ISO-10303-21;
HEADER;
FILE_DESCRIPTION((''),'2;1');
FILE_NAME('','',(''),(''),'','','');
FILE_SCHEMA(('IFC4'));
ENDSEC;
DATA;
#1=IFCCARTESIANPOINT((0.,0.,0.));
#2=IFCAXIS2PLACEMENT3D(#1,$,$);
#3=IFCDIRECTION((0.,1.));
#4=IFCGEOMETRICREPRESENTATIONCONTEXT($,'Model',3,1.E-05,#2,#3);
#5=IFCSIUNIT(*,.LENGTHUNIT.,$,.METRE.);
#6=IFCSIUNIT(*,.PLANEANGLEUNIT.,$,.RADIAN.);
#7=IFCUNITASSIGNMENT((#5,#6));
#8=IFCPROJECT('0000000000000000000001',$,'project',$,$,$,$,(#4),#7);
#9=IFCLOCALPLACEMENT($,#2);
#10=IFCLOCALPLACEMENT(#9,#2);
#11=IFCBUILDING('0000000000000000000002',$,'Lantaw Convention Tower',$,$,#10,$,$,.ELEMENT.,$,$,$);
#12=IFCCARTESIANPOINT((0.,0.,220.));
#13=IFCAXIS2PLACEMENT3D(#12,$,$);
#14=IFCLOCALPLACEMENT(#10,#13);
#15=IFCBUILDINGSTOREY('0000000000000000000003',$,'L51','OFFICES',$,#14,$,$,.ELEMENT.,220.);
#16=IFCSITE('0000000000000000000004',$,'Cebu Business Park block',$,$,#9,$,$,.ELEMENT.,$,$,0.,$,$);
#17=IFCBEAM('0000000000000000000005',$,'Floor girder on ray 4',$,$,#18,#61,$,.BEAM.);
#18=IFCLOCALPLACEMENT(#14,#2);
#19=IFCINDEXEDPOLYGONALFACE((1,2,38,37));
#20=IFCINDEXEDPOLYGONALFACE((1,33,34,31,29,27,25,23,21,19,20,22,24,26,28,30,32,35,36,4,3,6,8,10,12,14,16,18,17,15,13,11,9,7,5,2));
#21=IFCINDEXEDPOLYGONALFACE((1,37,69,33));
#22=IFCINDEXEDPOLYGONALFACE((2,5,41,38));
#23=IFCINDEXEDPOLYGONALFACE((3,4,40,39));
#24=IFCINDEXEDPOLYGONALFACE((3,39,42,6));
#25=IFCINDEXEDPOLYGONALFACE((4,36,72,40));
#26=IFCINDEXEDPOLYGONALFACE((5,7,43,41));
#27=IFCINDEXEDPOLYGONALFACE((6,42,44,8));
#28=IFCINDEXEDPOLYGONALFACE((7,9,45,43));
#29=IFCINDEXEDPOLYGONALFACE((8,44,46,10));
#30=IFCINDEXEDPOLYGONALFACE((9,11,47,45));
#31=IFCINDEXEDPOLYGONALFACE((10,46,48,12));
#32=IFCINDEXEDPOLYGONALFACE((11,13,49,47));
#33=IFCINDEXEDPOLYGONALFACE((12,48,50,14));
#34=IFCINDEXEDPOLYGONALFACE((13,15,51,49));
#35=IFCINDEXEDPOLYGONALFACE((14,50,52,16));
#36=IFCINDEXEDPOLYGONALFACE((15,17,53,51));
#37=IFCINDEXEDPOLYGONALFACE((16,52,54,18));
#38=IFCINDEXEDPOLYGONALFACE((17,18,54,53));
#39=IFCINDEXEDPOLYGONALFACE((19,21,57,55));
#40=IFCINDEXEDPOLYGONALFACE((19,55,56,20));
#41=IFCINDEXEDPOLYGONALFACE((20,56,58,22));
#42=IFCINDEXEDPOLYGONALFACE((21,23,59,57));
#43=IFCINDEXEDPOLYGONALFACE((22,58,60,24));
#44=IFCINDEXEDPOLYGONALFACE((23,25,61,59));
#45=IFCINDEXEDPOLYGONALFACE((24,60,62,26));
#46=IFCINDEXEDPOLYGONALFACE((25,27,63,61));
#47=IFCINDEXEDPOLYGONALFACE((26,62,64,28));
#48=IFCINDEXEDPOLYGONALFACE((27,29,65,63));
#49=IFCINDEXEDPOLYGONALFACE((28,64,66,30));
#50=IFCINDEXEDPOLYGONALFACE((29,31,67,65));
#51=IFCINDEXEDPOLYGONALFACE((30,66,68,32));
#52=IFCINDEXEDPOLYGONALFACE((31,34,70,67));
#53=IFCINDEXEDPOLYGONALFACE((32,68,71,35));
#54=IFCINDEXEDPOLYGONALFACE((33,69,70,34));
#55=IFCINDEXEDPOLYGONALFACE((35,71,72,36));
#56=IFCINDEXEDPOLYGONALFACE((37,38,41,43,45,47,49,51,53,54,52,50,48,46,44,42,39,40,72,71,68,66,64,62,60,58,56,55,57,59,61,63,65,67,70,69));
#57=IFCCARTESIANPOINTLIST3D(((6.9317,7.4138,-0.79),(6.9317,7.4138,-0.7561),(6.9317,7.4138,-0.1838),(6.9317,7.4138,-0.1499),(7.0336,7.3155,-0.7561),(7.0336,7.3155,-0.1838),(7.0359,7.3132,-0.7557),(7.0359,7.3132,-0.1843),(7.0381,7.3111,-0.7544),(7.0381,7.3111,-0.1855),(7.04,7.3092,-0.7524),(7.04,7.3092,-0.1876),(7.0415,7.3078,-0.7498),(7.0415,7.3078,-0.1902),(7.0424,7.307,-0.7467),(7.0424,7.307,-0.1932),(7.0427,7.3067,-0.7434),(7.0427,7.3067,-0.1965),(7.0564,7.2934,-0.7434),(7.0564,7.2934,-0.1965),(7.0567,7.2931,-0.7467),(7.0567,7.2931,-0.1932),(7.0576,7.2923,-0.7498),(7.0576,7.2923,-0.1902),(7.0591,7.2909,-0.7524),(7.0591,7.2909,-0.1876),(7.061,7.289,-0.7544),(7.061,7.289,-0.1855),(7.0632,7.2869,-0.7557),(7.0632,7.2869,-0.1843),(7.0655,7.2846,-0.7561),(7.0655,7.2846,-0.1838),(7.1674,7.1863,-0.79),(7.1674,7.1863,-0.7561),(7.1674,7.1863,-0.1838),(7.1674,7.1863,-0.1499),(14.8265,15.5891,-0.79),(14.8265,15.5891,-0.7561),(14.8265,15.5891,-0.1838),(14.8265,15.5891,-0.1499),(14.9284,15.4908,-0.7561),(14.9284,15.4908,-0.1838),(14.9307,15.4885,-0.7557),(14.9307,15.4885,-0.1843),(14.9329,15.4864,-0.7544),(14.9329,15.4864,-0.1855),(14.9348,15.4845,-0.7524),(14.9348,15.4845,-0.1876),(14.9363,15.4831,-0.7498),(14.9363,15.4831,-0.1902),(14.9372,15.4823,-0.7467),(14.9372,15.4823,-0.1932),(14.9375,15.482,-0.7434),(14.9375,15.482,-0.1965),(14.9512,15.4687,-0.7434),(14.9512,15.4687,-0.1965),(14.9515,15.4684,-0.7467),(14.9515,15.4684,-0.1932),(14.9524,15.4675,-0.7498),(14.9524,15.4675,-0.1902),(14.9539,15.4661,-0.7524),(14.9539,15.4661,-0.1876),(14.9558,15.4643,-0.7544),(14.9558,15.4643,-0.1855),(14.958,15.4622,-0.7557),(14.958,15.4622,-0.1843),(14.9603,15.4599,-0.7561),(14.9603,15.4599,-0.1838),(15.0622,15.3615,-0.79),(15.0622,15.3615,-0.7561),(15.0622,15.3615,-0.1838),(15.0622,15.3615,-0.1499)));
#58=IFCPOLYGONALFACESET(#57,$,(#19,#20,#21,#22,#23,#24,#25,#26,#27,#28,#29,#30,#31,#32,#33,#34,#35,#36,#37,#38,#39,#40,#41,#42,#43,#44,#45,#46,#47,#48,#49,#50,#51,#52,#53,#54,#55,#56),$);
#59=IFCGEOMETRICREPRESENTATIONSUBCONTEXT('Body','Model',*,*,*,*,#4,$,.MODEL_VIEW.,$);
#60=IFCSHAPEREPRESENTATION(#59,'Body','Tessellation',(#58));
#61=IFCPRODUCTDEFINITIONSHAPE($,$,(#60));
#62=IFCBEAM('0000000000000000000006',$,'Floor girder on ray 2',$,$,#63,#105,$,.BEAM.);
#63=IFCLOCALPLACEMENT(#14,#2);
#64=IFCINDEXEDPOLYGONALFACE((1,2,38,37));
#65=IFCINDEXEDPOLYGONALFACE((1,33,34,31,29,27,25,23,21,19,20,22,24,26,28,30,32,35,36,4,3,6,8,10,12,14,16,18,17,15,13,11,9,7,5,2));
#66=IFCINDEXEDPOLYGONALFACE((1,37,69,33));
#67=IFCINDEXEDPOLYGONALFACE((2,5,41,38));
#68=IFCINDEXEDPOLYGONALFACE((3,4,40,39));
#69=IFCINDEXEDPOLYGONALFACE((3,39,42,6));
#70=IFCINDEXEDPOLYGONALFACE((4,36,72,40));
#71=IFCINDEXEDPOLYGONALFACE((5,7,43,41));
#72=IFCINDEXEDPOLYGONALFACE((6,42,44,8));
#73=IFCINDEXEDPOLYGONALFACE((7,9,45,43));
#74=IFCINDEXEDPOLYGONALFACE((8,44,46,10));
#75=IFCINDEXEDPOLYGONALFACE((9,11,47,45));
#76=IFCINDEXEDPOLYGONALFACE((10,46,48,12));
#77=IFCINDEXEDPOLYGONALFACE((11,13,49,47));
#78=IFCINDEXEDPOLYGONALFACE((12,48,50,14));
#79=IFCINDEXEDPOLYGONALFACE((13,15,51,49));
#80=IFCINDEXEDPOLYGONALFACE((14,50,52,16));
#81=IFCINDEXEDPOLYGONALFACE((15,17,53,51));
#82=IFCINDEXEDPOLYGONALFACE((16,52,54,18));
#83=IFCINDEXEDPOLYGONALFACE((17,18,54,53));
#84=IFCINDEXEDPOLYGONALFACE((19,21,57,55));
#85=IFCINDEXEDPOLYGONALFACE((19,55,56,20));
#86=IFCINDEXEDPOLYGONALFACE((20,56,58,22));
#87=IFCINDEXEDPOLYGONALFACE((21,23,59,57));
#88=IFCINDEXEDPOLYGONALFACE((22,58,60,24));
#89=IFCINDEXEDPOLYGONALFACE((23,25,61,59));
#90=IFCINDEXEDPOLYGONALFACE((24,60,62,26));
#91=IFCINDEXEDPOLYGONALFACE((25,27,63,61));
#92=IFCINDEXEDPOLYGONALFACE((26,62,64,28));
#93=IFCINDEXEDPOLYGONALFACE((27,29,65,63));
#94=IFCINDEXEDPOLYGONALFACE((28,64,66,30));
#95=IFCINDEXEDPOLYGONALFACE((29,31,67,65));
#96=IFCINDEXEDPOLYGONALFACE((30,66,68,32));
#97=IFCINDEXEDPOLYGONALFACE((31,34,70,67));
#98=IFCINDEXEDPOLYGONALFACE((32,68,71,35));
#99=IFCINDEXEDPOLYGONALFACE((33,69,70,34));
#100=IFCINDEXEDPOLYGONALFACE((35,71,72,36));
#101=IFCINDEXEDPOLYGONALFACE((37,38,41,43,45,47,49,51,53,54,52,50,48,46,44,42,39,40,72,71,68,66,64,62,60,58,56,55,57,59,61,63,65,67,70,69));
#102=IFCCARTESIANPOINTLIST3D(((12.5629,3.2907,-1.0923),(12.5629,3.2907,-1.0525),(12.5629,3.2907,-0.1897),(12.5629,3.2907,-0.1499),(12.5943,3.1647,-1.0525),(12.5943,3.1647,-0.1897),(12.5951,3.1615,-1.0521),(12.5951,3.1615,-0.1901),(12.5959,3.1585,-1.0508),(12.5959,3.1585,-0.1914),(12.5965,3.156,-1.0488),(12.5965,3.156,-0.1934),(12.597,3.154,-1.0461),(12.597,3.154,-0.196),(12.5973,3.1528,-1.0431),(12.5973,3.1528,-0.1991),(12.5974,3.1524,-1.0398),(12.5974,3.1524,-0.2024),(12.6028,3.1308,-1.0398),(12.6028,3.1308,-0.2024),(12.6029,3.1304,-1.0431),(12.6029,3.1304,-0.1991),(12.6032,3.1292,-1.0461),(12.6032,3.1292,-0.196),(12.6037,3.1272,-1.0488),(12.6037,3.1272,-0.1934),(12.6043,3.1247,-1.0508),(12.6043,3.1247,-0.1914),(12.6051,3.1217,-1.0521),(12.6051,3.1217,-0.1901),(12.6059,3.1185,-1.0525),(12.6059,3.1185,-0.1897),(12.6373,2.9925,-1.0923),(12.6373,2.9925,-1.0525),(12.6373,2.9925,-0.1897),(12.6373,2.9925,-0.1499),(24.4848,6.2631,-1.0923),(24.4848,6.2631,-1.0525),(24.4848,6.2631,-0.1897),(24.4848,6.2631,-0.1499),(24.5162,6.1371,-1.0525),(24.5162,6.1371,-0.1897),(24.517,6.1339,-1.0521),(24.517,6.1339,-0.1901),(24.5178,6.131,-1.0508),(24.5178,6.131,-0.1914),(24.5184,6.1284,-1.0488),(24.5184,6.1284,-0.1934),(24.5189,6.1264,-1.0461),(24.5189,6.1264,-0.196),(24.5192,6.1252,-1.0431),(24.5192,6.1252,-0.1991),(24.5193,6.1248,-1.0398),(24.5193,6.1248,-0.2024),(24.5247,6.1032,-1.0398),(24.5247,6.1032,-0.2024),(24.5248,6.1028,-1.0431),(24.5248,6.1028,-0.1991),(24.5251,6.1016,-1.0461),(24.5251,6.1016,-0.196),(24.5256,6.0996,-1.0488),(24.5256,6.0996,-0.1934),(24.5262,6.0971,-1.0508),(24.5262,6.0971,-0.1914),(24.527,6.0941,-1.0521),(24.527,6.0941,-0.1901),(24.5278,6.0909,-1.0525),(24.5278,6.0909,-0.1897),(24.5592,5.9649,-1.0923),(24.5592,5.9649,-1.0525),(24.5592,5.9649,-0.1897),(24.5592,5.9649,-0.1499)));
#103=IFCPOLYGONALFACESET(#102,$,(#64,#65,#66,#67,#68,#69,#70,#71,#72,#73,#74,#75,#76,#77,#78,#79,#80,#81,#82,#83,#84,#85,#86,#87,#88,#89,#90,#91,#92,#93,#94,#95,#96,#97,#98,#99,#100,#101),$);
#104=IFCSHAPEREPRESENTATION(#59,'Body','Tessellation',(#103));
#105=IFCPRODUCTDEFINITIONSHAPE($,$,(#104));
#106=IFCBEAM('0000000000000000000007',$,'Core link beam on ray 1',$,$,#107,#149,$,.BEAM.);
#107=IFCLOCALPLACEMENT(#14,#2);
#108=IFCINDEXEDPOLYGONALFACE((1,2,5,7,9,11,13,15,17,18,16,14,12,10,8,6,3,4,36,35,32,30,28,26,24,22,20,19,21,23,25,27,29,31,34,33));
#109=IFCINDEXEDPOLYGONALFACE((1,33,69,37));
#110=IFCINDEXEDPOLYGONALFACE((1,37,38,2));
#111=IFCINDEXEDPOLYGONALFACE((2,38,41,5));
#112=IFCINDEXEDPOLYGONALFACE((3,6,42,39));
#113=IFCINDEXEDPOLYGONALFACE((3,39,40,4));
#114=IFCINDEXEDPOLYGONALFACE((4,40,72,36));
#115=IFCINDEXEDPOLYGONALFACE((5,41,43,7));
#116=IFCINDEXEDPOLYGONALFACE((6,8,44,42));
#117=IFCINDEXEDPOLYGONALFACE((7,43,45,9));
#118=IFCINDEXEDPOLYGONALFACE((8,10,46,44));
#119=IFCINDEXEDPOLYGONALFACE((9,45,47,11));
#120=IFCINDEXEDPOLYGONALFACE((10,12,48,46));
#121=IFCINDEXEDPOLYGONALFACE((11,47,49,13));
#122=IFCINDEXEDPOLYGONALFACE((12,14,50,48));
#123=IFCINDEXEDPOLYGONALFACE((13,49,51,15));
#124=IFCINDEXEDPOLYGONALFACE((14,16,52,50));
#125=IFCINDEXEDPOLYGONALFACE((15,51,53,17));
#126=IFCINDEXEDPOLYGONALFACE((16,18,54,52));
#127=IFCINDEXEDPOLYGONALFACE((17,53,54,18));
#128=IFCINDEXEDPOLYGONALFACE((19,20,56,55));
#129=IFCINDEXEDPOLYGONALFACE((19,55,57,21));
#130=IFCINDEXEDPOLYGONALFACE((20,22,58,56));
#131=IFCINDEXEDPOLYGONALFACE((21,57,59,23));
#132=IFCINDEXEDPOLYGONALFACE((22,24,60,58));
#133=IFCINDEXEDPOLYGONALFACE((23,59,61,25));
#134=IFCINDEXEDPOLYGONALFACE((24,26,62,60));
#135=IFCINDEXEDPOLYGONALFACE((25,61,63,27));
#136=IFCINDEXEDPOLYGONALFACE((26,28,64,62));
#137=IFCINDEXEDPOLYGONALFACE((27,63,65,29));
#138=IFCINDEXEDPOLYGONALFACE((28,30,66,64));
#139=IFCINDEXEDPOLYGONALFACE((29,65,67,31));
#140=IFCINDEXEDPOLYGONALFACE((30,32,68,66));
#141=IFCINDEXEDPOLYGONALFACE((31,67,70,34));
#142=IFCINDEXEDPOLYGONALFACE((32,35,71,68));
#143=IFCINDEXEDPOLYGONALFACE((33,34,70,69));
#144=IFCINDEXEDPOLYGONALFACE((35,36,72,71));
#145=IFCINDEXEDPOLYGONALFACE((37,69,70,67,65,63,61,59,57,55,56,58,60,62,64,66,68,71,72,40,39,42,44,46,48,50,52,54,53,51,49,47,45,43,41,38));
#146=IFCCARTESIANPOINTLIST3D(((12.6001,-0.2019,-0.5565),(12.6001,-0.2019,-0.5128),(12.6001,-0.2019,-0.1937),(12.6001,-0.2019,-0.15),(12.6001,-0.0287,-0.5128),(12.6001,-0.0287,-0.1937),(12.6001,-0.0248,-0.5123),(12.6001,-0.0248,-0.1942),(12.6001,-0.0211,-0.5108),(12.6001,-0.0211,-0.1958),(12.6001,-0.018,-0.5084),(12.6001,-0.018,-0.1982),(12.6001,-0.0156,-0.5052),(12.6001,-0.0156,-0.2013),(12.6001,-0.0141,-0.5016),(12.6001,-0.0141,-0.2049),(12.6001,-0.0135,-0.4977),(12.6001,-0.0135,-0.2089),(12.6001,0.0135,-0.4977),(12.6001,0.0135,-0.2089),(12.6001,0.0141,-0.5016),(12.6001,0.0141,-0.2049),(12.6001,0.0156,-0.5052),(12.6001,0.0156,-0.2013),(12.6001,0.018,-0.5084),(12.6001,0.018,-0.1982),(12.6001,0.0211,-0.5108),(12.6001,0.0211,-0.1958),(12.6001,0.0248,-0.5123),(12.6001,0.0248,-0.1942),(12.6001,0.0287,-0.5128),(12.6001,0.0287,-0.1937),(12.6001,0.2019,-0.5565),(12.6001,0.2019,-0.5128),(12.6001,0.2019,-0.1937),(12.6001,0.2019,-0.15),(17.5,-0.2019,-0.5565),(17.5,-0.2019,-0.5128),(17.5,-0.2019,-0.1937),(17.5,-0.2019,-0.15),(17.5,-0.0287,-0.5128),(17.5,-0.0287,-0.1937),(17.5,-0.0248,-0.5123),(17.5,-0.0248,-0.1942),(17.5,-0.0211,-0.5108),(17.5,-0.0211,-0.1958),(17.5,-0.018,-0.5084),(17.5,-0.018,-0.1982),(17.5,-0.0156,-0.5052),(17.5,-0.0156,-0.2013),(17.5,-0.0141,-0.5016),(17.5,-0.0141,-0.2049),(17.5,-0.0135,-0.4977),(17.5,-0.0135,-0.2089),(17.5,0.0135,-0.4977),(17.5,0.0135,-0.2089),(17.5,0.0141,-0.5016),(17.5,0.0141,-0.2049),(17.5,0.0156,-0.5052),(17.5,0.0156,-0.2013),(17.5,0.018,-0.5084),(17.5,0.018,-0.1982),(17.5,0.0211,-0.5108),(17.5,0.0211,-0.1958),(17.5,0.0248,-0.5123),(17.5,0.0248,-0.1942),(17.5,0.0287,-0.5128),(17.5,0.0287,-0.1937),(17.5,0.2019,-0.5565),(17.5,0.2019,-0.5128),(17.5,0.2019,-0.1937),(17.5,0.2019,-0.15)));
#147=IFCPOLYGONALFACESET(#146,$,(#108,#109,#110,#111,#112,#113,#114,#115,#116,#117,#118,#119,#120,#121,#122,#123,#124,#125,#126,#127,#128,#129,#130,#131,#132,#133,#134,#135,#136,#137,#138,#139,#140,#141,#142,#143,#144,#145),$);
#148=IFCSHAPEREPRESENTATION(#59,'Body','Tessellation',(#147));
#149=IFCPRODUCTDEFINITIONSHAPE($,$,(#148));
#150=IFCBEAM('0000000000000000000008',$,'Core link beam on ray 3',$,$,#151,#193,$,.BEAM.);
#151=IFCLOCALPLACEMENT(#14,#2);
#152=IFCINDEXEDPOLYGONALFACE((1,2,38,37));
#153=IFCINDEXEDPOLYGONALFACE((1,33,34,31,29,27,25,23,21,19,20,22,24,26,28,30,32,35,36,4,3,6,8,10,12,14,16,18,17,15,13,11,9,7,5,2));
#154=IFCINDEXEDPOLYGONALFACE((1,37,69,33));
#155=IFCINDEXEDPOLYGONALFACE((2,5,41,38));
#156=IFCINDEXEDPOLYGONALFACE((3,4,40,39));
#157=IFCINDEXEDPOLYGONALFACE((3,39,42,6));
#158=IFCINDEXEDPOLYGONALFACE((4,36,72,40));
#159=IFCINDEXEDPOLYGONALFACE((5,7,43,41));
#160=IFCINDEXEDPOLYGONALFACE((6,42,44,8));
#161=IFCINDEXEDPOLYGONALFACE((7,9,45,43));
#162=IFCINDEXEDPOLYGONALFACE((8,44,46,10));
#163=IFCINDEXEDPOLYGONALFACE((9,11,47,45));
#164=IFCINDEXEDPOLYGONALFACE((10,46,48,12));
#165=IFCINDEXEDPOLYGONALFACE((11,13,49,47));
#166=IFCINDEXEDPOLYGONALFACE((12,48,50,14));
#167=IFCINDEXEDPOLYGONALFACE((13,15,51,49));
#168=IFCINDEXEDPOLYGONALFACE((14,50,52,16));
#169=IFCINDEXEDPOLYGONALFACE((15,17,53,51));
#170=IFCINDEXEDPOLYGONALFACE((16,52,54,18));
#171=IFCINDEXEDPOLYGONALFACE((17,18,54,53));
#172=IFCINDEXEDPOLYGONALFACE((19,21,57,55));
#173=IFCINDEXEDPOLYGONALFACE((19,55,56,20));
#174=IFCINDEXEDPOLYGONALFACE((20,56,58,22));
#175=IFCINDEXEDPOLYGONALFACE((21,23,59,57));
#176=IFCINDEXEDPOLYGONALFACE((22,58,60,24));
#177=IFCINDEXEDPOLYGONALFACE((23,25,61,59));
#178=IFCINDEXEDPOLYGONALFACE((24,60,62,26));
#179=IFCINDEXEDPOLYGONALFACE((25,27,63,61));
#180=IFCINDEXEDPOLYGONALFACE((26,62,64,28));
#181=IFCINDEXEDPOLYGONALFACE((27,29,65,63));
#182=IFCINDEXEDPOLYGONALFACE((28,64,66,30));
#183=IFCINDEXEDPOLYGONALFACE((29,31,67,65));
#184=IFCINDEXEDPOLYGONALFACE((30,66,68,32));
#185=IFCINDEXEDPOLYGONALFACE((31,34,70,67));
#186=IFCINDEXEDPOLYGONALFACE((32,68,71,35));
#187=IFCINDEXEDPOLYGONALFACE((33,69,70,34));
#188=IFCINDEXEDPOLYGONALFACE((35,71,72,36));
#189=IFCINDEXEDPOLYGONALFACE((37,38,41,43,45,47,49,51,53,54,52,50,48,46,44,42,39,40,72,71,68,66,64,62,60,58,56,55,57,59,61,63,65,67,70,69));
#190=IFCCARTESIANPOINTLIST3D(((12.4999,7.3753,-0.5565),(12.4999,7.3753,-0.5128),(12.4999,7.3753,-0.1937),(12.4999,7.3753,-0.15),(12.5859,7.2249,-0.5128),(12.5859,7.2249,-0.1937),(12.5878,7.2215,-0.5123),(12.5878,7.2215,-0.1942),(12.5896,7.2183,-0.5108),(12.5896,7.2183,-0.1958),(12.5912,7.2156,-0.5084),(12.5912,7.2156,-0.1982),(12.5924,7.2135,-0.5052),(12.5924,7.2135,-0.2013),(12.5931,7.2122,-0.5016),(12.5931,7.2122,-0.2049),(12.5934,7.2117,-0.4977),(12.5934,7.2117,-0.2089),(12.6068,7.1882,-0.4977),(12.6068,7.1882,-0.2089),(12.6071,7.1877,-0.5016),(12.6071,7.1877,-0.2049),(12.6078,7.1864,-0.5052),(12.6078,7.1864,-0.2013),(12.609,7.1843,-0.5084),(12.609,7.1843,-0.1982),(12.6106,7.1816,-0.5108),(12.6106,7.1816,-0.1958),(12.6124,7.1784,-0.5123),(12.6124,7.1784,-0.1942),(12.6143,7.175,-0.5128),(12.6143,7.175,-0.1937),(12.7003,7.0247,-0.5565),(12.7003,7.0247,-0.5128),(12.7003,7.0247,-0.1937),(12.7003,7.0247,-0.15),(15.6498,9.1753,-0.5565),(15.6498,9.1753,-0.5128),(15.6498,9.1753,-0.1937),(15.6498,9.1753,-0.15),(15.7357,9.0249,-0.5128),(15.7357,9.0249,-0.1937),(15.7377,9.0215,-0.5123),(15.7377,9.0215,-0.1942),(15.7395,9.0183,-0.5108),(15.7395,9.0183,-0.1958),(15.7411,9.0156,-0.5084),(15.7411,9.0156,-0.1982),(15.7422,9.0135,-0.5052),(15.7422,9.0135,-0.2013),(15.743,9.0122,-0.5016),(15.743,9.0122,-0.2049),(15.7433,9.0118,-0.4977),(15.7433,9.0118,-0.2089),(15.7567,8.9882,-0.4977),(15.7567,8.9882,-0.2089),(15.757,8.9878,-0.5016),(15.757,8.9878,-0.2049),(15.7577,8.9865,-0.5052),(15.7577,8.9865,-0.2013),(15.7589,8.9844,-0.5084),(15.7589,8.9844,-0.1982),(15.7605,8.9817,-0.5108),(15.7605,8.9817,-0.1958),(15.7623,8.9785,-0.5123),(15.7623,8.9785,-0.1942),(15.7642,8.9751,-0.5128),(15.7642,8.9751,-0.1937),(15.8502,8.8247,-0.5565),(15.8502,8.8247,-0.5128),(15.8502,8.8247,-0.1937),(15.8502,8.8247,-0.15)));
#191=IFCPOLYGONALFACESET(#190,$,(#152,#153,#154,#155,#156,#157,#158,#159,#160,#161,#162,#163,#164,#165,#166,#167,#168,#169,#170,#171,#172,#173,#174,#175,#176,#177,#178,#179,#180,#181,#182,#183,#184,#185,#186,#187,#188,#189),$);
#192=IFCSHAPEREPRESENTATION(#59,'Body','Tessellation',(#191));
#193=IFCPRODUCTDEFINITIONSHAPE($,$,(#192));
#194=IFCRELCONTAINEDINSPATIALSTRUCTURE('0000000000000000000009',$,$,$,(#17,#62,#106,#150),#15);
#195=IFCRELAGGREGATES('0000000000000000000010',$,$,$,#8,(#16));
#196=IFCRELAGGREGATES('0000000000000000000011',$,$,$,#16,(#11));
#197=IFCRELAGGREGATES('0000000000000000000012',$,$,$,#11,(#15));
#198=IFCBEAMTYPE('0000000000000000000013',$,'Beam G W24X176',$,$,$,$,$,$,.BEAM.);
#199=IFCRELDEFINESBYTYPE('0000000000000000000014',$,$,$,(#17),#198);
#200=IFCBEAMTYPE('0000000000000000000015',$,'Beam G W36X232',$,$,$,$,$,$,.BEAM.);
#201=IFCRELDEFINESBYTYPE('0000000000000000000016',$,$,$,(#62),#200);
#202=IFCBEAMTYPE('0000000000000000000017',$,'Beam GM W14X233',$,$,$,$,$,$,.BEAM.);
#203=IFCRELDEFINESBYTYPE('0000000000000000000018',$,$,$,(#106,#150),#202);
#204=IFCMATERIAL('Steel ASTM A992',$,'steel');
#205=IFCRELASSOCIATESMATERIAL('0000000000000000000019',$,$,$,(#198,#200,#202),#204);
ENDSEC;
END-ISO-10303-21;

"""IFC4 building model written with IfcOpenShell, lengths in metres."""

from ifc_helpers import new_model, si_unit, direction, frame, origin, origin_2d, place, context, subcontext, project, spatial, i_section, extrude, material, material_profile, profile_set, type_object, element, save


model = new_model("IFC4")

# Units and contexts
model_context = context("Model", 3, precision=1e-05, world=origin(), true_north=direction((0.0, 1.0)))
body_context = subcontext(model_context, "Body", "Model", "MODEL_VIEW")
ifc_project = project(units=[si_unit("LENGTHUNIT", "METRE"), si_unit("PLANEANGLEUNIT", "RADIAN")], contexts=[model_context])

# Site, building, storey
site_placement = place(None, origin())
site = spatial("IfcSite", under=ifc_project, at=site_placement, Name="Cebu Business Park block", CompositionType="ELEMENT", RefElevation=0.0)
building_placement = place(site_placement, origin())
building = spatial("IfcBuilding", under=site, at=building_placement, Name="Lantaw Convention Tower", CompositionType="ELEMENT")
storey_placement = place(building_placement, frame((0.0, 0.0, 220.0)))
storey = spatial("IfcBuildingStorey", under=building, at=storey_placement, Name="L51", Description="OFFICES", CompositionType="ELEMENT", Elevation=220.0)

# Beams
ifc_material_1 = material(Name="Steel ASTM A992", Category="steel")
ifc_material_profile_1 = material_profile(ifc_material_1, i_section(OverallWidth=0.3276, OverallDepth=0.6401, WebThickness=0.019, FlangeThickness=0.0339, FilletRadius=0.0127, at=origin_2d()), Name="W24X176")
ifc_profile_set_1 = profile_set([ifc_material_profile_1], Name="Steel ASTM A992")
beam_type_1 = type_object("IfcBeamType", Name="Beam G W24X176", PredefinedType="BEAM", material=ifc_profile_set_1)
beam_1_placement = place(storey_placement, frame((7.0496, 7.3, -0.47), z_axis=(0.694658, 0.71934, 0.0), x_axis=(-0.71934, 0.694658, 0.0)))
element("IfcBeam", 1, at=beam_1_placement, inside=storey, type_object=beam_type_1, Name="Floor girder on ray 4", PredefinedType="BEAM", context=body_context, shape_type="SweptSolid", body=[
    extrude(i_section(OverallWidth=0.3276, OverallDepth=0.6401, WebThickness=0.019, FlangeThickness=0.0339, FilletRadius=0.0127, at=origin_2d()), origin(), (0.0, 0.0, 1.0), 11.365),
])
ifc_material_profile_2 = material_profile(ifc_material_1, i_section(OverallWidth=0.3074, OverallDepth=0.9424, WebThickness=0.0222, FlangeThickness=0.0398, FilletRadius=0.0127, at=origin_2d()), Name="W36X232")
ifc_profile_set_2 = profile_set([ifc_material_profile_2], Name="Steel ASTM A992")
beam_type_2 = type_object("IfcBeamType", Name="Beam G W36X232", PredefinedType="BEAM", material=ifc_profile_set_2)
beam_2_placement = place(storey_placement, frame((12.6001, 3.1416, -0.6211), z_axis=(0.970297, 0.241918, 0.0), x_axis=(-0.241918, 0.970297, 0.0)))
element("IfcBeam", 2, at=beam_2_placement, inside=storey, type_object=beam_type_2, Name="Floor girder on ray 2", PredefinedType="BEAM", context=body_context, shape_type="SweptSolid", body=[
    extrude(i_section(OverallWidth=0.3074, OverallDepth=0.9424, WebThickness=0.0222, FlangeThickness=0.0398, FilletRadius=0.0127, at=origin_2d()), origin(), (0.0, 0.0, 1.0), 12.2869),
])
ifc_material_profile_3 = material_profile(ifc_material_1, i_section(OverallWidth=0.4038, OverallDepth=0.4065, WebThickness=0.0271, FlangeThickness=0.0437, FilletRadius=0.0151, at=origin_2d()), Name="W14X233")
ifc_profile_set_3 = profile_set([ifc_material_profile_3], Name="Steel ASTM A992")
beam_type_3 = type_object("IfcBeamType", Name="Beam GM W14X233", PredefinedType="BEAM", material=ifc_profile_set_3)
beam_3_placement = place(storey_placement, frame((12.6001, 0.0, -0.3533), z_axis=(1.0, 0.0, 0.0), x_axis=(0.0, 1.0, 0.0)))
element("IfcBeam", 3, at=beam_3_placement, inside=storey, type_object=beam_type_3, Name="Core link beam on ray 1", PredefinedType="BEAM", context=body_context, shape_type="SweptSolid", body=[
    extrude(i_section(OverallWidth=0.4038, OverallDepth=0.4065, WebThickness=0.0271, FlangeThickness=0.0437, FilletRadius=0.0151, at=origin_2d()), origin(), (0.0, 0.0, 1.0), 4.8999),
])
beam_4_placement = place(storey_placement, frame((12.6001, 7.2, -0.3533), z_axis=(0.868231, 0.496161, 0.0), x_axis=(-0.496161, 0.868231, 0.0)))
element("IfcBeam", 4, at=beam_4_placement, inside=storey, type_object=beam_type_3, Name="Core link beam on ray 3", PredefinedType="BEAM", context=body_context, shape_type="SweptSolid", body=[
    extrude(i_section(OverallWidth=0.4038, OverallDepth=0.4065, WebThickness=0.0271, FlangeThickness=0.0437, FilletRadius=0.0151, at=origin_2d()), origin(), (0.0, 0.0, 1.0), 3.6279),
])

save(model, "model.ifc")
